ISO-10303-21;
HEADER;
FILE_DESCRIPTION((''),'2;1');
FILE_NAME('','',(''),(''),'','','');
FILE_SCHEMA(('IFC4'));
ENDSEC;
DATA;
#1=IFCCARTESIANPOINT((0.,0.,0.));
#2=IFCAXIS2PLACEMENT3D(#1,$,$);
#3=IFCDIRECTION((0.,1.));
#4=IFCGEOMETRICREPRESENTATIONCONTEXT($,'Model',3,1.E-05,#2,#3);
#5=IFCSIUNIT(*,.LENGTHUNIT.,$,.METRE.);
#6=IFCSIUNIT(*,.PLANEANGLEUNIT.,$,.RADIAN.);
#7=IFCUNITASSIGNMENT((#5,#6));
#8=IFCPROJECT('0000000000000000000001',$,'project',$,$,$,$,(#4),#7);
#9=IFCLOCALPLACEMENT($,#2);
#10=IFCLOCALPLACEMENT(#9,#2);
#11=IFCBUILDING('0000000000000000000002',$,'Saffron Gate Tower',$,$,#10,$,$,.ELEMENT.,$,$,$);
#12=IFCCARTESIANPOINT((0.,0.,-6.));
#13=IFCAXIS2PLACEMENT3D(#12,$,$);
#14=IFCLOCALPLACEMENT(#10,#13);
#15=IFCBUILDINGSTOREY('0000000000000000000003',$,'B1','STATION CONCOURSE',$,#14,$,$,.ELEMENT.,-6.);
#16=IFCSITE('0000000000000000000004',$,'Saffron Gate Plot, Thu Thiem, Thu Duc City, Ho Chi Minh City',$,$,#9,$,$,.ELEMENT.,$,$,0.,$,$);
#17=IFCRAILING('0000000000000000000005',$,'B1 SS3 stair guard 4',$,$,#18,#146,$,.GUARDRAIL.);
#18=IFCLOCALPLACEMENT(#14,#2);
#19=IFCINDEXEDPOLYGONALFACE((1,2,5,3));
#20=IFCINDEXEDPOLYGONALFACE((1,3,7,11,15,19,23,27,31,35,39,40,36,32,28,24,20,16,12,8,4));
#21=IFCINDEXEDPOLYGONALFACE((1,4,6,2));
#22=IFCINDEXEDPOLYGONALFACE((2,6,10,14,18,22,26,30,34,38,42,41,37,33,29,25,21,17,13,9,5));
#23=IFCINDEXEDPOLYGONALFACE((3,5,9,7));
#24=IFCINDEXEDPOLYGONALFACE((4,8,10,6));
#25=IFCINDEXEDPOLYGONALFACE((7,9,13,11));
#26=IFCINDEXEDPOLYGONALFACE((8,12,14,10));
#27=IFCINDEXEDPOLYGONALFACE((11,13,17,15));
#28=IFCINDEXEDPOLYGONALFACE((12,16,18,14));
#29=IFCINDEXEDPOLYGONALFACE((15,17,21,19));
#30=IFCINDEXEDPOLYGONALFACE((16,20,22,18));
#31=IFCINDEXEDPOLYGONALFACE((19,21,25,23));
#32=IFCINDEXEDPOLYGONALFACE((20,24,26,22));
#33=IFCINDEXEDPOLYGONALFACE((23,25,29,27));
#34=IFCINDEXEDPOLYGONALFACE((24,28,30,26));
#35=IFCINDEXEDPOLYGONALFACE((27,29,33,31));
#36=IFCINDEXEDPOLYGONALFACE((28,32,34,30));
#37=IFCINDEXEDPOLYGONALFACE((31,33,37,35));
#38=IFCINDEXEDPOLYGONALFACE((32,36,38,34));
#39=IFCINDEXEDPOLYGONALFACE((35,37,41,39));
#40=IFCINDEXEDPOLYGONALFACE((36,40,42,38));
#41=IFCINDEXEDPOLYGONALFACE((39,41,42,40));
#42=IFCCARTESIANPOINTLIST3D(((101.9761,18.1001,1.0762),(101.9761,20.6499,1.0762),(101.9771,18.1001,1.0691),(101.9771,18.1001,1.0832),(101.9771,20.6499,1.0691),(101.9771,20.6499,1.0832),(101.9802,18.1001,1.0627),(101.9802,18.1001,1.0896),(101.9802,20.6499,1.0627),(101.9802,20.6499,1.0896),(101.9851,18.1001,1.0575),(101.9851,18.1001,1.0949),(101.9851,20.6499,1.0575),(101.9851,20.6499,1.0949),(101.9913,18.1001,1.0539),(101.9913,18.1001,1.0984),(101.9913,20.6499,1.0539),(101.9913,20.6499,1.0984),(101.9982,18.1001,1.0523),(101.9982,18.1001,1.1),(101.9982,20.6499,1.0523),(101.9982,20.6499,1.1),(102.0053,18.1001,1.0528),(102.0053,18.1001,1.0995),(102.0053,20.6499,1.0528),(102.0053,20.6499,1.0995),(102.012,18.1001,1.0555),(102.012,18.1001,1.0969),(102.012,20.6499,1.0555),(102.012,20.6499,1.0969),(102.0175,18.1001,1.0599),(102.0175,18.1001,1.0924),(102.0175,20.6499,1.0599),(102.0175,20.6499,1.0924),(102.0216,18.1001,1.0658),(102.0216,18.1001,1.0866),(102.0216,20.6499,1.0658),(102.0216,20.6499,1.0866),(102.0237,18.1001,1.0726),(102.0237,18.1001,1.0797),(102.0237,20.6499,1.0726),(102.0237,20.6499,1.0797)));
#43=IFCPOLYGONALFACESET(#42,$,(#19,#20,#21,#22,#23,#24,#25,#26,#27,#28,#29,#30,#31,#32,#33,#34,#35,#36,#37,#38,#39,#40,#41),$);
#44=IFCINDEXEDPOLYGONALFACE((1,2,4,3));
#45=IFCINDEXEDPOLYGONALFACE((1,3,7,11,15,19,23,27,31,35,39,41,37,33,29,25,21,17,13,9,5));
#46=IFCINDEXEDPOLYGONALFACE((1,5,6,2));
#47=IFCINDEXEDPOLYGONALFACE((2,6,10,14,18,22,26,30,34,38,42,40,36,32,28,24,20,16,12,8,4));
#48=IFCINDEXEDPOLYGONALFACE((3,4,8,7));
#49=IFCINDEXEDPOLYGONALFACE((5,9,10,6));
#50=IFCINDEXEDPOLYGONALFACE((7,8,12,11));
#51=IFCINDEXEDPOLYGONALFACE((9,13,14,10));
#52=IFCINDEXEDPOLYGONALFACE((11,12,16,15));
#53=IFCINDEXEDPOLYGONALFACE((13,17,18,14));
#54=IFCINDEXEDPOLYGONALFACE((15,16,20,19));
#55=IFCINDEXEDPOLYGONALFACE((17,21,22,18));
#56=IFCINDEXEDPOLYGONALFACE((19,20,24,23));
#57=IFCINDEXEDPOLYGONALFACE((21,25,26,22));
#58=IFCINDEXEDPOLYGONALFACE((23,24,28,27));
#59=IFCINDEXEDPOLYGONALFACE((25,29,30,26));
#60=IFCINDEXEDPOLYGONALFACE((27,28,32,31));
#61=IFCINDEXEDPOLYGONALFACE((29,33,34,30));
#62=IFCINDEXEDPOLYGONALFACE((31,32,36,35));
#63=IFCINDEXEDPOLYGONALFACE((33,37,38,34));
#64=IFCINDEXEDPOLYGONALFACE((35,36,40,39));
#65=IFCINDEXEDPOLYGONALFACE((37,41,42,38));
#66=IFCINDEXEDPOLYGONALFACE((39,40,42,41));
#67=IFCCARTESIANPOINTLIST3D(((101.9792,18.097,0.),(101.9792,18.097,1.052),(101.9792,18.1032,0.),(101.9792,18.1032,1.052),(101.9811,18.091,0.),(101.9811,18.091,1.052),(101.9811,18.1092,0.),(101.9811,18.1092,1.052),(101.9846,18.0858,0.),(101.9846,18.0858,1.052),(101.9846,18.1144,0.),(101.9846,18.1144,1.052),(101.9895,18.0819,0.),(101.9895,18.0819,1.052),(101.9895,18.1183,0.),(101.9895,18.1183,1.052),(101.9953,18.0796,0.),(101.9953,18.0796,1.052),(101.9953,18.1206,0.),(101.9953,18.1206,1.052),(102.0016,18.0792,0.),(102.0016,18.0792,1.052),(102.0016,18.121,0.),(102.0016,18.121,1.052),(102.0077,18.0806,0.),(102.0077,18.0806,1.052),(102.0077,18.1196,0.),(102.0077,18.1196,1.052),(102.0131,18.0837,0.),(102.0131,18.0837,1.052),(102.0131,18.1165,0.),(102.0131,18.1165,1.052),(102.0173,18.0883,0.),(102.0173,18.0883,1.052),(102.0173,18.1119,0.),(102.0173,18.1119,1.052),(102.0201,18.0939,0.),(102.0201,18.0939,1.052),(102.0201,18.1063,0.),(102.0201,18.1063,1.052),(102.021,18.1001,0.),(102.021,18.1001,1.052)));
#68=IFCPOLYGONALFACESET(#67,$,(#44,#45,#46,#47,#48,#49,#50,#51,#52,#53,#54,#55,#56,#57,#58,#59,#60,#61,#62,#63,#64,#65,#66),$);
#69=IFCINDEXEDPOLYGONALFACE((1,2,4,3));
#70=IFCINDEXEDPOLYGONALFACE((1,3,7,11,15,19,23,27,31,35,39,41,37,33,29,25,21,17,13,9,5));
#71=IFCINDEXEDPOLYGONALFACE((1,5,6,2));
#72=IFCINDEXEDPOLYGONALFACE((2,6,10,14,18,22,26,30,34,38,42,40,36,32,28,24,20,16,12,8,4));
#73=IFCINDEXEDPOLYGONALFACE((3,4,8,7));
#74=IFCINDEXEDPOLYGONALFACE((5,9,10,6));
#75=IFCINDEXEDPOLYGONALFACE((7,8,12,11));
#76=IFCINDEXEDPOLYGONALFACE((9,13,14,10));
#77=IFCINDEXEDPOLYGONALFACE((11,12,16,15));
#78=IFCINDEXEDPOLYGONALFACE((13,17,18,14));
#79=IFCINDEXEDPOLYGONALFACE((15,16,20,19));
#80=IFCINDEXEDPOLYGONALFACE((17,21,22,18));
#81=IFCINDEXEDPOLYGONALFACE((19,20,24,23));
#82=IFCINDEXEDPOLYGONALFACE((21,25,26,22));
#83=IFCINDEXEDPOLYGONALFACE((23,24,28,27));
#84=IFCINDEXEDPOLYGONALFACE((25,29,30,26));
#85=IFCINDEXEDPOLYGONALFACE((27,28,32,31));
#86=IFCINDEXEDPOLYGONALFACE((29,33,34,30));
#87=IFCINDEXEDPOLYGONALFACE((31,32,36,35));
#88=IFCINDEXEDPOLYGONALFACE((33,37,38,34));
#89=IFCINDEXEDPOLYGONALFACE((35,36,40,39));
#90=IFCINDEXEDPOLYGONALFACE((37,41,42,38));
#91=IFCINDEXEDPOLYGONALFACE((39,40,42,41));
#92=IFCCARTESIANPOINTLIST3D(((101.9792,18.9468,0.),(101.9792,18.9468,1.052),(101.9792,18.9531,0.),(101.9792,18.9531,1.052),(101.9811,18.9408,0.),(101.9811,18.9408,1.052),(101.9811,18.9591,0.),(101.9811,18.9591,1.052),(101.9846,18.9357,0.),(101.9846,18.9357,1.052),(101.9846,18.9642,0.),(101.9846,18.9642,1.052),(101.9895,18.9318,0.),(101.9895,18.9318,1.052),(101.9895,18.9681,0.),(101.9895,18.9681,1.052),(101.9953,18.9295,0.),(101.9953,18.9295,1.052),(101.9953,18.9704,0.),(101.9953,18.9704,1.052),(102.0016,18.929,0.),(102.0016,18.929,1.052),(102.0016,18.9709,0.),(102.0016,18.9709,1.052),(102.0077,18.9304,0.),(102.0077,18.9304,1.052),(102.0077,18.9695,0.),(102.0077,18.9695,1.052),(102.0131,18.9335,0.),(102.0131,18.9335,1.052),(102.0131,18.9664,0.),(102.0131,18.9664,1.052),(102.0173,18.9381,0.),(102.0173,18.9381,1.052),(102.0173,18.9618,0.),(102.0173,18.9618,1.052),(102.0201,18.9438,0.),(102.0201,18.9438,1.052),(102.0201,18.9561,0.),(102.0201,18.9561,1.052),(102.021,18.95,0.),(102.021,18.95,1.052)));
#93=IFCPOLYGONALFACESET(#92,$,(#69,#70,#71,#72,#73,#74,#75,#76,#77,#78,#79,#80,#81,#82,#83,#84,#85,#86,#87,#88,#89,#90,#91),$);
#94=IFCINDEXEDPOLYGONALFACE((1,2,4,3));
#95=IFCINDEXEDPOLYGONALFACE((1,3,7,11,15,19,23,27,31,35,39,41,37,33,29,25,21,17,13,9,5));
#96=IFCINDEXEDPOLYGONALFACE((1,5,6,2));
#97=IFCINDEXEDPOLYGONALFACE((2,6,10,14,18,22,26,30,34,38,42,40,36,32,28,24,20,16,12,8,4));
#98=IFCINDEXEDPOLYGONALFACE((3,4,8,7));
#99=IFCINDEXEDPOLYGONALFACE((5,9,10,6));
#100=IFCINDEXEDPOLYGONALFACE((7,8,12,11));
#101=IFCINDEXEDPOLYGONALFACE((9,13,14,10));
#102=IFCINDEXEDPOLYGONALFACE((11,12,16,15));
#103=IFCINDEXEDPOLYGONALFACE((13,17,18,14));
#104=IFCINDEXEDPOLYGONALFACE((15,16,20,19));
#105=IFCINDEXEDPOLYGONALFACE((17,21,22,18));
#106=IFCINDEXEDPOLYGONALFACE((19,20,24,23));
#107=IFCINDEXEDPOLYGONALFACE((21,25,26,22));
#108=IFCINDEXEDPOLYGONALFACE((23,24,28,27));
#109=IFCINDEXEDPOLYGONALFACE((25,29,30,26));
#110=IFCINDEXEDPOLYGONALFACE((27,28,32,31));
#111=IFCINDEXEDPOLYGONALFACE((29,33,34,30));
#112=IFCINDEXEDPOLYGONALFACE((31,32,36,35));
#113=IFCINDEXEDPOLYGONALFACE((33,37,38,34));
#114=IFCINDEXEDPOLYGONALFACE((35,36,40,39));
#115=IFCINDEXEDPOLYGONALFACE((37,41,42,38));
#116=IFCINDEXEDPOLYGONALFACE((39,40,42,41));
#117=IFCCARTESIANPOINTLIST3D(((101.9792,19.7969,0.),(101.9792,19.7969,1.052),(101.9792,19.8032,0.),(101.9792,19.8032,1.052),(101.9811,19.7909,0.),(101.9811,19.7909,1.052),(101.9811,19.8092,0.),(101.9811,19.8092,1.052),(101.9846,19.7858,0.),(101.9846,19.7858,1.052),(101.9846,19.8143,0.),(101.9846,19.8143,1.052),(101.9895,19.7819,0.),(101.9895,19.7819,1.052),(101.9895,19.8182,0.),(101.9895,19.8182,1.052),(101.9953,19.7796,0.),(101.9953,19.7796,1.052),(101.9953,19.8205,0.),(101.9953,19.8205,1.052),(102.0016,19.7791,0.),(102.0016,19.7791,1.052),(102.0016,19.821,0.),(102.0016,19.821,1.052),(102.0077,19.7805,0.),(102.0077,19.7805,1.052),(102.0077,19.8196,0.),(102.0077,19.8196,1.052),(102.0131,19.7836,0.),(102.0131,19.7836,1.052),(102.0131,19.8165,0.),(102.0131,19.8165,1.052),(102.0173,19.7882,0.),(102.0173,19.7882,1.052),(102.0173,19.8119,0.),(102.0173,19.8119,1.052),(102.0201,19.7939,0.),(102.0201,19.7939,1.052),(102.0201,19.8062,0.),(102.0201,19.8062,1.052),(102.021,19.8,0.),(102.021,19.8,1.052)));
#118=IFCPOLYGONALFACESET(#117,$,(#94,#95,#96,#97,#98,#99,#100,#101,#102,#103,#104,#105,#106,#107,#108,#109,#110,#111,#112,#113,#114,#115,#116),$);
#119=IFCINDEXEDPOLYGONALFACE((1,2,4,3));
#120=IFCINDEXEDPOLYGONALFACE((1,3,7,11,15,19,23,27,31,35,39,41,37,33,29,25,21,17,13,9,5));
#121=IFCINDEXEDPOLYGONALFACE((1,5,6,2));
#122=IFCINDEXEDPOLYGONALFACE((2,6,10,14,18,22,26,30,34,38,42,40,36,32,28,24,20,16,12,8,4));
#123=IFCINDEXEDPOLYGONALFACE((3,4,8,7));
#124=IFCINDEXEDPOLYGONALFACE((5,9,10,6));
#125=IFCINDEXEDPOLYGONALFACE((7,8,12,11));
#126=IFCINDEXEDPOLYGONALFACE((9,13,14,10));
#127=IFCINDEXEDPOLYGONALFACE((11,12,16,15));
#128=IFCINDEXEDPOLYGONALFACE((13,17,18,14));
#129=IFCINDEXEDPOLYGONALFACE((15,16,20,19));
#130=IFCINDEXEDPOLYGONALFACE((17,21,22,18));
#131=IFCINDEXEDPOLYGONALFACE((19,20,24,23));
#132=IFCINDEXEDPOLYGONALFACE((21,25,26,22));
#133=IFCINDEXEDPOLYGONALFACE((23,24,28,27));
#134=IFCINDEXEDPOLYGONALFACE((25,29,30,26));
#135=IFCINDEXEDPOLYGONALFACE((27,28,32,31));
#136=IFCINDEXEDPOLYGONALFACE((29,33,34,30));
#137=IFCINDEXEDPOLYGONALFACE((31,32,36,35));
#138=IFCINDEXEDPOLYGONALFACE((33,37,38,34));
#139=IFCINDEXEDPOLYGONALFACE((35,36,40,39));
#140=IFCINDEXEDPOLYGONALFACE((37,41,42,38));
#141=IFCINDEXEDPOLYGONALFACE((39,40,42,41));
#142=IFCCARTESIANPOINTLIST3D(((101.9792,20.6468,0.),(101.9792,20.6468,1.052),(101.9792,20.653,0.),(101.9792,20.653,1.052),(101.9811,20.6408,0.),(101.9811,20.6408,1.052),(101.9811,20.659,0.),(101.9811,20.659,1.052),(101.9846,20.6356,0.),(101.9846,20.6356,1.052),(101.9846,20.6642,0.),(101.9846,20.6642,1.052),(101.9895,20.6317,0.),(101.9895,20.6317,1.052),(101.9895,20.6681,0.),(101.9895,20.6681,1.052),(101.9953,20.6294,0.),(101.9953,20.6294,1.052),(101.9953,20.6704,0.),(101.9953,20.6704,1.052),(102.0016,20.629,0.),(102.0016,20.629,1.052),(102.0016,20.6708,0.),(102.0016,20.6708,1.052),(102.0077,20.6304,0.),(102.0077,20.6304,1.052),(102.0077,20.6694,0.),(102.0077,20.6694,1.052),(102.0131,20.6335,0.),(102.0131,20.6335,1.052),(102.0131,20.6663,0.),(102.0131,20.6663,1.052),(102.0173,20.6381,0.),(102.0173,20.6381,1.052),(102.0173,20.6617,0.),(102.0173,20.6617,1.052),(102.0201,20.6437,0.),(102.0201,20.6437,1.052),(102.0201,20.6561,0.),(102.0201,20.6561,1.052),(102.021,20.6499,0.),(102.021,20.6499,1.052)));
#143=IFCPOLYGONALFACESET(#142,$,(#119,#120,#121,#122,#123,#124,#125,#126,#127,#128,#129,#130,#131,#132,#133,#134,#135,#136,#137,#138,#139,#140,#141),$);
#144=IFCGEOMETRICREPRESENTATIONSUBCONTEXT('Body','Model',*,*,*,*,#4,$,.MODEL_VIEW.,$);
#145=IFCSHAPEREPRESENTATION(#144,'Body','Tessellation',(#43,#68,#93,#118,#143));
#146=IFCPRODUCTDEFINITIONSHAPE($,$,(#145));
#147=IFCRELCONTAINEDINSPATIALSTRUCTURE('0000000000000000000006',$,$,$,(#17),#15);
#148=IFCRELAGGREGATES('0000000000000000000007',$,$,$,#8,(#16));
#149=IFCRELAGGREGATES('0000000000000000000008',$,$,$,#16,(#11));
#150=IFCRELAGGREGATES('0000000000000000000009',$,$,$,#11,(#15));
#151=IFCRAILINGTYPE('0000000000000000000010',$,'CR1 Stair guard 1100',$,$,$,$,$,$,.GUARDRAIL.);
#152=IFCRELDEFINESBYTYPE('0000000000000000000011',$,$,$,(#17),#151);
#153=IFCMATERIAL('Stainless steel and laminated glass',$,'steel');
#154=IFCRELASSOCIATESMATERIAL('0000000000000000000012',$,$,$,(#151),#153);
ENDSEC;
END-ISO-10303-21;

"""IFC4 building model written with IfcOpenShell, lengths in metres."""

from ifc_helpers import new_model, si_unit, direction, frame, origin, origin_2d, place, context, subcontext, project, spatial, circle, extrude, material, type_object, element, save


model = new_model("IFC4")

# Units and contexts
model_context = context("Model", 3, precision=1e-05, world=origin(), true_north=direction((0.0, 1.0)))
body_context = subcontext(model_context, "Body", "Model", "MODEL_VIEW")
ifc_project = project(units=[si_unit("LENGTHUNIT", "METRE"), si_unit("PLANEANGLEUNIT", "RADIAN")], contexts=[model_context])

# Site, building, storey
site_placement = place(None, origin())
site = spatial("IfcSite", under=ifc_project, at=site_placement, Name="Saffron Gate Plot, Thu Thiem, Thu Duc City, Ho Chi Minh City", CompositionType="ELEMENT", RefElevation=0.0)
building_placement = place(site_placement, origin())
building = spatial("IfcBuilding", under=site, at=building_placement, Name="Saffron Gate Tower", CompositionType="ELEMENT")
storey_placement = place(building_placement, frame((0.0, 0.0, -6.0)))
storey = spatial("IfcBuildingStorey", under=building, at=storey_placement, Name="B1", Description="STATION CONCOURSE", CompositionType="ELEMENT", Elevation=-6.0)

# Railing
ifc_material_1 = material(Name="Stainless steel and laminated glass", Category="steel")
railing_type_1 = type_object("IfcRailingType", Name="CR1 Stair guard 1100", PredefinedType="GUARDRAIL", material=ifc_material_1)
for number, where, name in (
    (1, (102.0, 18.1001, 0.0), "B1 SS3 stair guard 4"),
):
    element("IfcRailing", number, at=place(storey_placement, frame(where)), inside=storey, type_object=railing_type_1, Name=name, PredefinedType="GUARDRAIL", context=body_context, shape_type="SweptSolid", body=[
        extrude(circle(Radius=0.0239, at=origin_2d()), frame((0.0, 0.0, 1.0762), z_axis=(0.0, 1.0, 0.0), x_axis=(-1.0, 0.0, 0.0)), (0.0, 0.0, 1.0), 2.5498),
        extrude(circle(Radius=0.021, at=origin_2d()), origin(), (0.0, 0.0, 1.0), 1.052),
        extrude(circle(Radius=0.021, at=origin_2d()), frame((0.0, 0.8499, 0.0)), (0.0, 0.0, 1.0), 1.052),
        extrude(circle(Radius=0.021, at=origin_2d()), frame((0.0, 1.7, 0.0)), (0.0, 0.0, 1.0), 1.052),
        extrude(circle(Radius=0.021, at=origin_2d()), frame((0.0, 2.5498, 0.0)), (0.0, 0.0, 1.0), 1.052),
    ])

save(model, "model.ifc")
